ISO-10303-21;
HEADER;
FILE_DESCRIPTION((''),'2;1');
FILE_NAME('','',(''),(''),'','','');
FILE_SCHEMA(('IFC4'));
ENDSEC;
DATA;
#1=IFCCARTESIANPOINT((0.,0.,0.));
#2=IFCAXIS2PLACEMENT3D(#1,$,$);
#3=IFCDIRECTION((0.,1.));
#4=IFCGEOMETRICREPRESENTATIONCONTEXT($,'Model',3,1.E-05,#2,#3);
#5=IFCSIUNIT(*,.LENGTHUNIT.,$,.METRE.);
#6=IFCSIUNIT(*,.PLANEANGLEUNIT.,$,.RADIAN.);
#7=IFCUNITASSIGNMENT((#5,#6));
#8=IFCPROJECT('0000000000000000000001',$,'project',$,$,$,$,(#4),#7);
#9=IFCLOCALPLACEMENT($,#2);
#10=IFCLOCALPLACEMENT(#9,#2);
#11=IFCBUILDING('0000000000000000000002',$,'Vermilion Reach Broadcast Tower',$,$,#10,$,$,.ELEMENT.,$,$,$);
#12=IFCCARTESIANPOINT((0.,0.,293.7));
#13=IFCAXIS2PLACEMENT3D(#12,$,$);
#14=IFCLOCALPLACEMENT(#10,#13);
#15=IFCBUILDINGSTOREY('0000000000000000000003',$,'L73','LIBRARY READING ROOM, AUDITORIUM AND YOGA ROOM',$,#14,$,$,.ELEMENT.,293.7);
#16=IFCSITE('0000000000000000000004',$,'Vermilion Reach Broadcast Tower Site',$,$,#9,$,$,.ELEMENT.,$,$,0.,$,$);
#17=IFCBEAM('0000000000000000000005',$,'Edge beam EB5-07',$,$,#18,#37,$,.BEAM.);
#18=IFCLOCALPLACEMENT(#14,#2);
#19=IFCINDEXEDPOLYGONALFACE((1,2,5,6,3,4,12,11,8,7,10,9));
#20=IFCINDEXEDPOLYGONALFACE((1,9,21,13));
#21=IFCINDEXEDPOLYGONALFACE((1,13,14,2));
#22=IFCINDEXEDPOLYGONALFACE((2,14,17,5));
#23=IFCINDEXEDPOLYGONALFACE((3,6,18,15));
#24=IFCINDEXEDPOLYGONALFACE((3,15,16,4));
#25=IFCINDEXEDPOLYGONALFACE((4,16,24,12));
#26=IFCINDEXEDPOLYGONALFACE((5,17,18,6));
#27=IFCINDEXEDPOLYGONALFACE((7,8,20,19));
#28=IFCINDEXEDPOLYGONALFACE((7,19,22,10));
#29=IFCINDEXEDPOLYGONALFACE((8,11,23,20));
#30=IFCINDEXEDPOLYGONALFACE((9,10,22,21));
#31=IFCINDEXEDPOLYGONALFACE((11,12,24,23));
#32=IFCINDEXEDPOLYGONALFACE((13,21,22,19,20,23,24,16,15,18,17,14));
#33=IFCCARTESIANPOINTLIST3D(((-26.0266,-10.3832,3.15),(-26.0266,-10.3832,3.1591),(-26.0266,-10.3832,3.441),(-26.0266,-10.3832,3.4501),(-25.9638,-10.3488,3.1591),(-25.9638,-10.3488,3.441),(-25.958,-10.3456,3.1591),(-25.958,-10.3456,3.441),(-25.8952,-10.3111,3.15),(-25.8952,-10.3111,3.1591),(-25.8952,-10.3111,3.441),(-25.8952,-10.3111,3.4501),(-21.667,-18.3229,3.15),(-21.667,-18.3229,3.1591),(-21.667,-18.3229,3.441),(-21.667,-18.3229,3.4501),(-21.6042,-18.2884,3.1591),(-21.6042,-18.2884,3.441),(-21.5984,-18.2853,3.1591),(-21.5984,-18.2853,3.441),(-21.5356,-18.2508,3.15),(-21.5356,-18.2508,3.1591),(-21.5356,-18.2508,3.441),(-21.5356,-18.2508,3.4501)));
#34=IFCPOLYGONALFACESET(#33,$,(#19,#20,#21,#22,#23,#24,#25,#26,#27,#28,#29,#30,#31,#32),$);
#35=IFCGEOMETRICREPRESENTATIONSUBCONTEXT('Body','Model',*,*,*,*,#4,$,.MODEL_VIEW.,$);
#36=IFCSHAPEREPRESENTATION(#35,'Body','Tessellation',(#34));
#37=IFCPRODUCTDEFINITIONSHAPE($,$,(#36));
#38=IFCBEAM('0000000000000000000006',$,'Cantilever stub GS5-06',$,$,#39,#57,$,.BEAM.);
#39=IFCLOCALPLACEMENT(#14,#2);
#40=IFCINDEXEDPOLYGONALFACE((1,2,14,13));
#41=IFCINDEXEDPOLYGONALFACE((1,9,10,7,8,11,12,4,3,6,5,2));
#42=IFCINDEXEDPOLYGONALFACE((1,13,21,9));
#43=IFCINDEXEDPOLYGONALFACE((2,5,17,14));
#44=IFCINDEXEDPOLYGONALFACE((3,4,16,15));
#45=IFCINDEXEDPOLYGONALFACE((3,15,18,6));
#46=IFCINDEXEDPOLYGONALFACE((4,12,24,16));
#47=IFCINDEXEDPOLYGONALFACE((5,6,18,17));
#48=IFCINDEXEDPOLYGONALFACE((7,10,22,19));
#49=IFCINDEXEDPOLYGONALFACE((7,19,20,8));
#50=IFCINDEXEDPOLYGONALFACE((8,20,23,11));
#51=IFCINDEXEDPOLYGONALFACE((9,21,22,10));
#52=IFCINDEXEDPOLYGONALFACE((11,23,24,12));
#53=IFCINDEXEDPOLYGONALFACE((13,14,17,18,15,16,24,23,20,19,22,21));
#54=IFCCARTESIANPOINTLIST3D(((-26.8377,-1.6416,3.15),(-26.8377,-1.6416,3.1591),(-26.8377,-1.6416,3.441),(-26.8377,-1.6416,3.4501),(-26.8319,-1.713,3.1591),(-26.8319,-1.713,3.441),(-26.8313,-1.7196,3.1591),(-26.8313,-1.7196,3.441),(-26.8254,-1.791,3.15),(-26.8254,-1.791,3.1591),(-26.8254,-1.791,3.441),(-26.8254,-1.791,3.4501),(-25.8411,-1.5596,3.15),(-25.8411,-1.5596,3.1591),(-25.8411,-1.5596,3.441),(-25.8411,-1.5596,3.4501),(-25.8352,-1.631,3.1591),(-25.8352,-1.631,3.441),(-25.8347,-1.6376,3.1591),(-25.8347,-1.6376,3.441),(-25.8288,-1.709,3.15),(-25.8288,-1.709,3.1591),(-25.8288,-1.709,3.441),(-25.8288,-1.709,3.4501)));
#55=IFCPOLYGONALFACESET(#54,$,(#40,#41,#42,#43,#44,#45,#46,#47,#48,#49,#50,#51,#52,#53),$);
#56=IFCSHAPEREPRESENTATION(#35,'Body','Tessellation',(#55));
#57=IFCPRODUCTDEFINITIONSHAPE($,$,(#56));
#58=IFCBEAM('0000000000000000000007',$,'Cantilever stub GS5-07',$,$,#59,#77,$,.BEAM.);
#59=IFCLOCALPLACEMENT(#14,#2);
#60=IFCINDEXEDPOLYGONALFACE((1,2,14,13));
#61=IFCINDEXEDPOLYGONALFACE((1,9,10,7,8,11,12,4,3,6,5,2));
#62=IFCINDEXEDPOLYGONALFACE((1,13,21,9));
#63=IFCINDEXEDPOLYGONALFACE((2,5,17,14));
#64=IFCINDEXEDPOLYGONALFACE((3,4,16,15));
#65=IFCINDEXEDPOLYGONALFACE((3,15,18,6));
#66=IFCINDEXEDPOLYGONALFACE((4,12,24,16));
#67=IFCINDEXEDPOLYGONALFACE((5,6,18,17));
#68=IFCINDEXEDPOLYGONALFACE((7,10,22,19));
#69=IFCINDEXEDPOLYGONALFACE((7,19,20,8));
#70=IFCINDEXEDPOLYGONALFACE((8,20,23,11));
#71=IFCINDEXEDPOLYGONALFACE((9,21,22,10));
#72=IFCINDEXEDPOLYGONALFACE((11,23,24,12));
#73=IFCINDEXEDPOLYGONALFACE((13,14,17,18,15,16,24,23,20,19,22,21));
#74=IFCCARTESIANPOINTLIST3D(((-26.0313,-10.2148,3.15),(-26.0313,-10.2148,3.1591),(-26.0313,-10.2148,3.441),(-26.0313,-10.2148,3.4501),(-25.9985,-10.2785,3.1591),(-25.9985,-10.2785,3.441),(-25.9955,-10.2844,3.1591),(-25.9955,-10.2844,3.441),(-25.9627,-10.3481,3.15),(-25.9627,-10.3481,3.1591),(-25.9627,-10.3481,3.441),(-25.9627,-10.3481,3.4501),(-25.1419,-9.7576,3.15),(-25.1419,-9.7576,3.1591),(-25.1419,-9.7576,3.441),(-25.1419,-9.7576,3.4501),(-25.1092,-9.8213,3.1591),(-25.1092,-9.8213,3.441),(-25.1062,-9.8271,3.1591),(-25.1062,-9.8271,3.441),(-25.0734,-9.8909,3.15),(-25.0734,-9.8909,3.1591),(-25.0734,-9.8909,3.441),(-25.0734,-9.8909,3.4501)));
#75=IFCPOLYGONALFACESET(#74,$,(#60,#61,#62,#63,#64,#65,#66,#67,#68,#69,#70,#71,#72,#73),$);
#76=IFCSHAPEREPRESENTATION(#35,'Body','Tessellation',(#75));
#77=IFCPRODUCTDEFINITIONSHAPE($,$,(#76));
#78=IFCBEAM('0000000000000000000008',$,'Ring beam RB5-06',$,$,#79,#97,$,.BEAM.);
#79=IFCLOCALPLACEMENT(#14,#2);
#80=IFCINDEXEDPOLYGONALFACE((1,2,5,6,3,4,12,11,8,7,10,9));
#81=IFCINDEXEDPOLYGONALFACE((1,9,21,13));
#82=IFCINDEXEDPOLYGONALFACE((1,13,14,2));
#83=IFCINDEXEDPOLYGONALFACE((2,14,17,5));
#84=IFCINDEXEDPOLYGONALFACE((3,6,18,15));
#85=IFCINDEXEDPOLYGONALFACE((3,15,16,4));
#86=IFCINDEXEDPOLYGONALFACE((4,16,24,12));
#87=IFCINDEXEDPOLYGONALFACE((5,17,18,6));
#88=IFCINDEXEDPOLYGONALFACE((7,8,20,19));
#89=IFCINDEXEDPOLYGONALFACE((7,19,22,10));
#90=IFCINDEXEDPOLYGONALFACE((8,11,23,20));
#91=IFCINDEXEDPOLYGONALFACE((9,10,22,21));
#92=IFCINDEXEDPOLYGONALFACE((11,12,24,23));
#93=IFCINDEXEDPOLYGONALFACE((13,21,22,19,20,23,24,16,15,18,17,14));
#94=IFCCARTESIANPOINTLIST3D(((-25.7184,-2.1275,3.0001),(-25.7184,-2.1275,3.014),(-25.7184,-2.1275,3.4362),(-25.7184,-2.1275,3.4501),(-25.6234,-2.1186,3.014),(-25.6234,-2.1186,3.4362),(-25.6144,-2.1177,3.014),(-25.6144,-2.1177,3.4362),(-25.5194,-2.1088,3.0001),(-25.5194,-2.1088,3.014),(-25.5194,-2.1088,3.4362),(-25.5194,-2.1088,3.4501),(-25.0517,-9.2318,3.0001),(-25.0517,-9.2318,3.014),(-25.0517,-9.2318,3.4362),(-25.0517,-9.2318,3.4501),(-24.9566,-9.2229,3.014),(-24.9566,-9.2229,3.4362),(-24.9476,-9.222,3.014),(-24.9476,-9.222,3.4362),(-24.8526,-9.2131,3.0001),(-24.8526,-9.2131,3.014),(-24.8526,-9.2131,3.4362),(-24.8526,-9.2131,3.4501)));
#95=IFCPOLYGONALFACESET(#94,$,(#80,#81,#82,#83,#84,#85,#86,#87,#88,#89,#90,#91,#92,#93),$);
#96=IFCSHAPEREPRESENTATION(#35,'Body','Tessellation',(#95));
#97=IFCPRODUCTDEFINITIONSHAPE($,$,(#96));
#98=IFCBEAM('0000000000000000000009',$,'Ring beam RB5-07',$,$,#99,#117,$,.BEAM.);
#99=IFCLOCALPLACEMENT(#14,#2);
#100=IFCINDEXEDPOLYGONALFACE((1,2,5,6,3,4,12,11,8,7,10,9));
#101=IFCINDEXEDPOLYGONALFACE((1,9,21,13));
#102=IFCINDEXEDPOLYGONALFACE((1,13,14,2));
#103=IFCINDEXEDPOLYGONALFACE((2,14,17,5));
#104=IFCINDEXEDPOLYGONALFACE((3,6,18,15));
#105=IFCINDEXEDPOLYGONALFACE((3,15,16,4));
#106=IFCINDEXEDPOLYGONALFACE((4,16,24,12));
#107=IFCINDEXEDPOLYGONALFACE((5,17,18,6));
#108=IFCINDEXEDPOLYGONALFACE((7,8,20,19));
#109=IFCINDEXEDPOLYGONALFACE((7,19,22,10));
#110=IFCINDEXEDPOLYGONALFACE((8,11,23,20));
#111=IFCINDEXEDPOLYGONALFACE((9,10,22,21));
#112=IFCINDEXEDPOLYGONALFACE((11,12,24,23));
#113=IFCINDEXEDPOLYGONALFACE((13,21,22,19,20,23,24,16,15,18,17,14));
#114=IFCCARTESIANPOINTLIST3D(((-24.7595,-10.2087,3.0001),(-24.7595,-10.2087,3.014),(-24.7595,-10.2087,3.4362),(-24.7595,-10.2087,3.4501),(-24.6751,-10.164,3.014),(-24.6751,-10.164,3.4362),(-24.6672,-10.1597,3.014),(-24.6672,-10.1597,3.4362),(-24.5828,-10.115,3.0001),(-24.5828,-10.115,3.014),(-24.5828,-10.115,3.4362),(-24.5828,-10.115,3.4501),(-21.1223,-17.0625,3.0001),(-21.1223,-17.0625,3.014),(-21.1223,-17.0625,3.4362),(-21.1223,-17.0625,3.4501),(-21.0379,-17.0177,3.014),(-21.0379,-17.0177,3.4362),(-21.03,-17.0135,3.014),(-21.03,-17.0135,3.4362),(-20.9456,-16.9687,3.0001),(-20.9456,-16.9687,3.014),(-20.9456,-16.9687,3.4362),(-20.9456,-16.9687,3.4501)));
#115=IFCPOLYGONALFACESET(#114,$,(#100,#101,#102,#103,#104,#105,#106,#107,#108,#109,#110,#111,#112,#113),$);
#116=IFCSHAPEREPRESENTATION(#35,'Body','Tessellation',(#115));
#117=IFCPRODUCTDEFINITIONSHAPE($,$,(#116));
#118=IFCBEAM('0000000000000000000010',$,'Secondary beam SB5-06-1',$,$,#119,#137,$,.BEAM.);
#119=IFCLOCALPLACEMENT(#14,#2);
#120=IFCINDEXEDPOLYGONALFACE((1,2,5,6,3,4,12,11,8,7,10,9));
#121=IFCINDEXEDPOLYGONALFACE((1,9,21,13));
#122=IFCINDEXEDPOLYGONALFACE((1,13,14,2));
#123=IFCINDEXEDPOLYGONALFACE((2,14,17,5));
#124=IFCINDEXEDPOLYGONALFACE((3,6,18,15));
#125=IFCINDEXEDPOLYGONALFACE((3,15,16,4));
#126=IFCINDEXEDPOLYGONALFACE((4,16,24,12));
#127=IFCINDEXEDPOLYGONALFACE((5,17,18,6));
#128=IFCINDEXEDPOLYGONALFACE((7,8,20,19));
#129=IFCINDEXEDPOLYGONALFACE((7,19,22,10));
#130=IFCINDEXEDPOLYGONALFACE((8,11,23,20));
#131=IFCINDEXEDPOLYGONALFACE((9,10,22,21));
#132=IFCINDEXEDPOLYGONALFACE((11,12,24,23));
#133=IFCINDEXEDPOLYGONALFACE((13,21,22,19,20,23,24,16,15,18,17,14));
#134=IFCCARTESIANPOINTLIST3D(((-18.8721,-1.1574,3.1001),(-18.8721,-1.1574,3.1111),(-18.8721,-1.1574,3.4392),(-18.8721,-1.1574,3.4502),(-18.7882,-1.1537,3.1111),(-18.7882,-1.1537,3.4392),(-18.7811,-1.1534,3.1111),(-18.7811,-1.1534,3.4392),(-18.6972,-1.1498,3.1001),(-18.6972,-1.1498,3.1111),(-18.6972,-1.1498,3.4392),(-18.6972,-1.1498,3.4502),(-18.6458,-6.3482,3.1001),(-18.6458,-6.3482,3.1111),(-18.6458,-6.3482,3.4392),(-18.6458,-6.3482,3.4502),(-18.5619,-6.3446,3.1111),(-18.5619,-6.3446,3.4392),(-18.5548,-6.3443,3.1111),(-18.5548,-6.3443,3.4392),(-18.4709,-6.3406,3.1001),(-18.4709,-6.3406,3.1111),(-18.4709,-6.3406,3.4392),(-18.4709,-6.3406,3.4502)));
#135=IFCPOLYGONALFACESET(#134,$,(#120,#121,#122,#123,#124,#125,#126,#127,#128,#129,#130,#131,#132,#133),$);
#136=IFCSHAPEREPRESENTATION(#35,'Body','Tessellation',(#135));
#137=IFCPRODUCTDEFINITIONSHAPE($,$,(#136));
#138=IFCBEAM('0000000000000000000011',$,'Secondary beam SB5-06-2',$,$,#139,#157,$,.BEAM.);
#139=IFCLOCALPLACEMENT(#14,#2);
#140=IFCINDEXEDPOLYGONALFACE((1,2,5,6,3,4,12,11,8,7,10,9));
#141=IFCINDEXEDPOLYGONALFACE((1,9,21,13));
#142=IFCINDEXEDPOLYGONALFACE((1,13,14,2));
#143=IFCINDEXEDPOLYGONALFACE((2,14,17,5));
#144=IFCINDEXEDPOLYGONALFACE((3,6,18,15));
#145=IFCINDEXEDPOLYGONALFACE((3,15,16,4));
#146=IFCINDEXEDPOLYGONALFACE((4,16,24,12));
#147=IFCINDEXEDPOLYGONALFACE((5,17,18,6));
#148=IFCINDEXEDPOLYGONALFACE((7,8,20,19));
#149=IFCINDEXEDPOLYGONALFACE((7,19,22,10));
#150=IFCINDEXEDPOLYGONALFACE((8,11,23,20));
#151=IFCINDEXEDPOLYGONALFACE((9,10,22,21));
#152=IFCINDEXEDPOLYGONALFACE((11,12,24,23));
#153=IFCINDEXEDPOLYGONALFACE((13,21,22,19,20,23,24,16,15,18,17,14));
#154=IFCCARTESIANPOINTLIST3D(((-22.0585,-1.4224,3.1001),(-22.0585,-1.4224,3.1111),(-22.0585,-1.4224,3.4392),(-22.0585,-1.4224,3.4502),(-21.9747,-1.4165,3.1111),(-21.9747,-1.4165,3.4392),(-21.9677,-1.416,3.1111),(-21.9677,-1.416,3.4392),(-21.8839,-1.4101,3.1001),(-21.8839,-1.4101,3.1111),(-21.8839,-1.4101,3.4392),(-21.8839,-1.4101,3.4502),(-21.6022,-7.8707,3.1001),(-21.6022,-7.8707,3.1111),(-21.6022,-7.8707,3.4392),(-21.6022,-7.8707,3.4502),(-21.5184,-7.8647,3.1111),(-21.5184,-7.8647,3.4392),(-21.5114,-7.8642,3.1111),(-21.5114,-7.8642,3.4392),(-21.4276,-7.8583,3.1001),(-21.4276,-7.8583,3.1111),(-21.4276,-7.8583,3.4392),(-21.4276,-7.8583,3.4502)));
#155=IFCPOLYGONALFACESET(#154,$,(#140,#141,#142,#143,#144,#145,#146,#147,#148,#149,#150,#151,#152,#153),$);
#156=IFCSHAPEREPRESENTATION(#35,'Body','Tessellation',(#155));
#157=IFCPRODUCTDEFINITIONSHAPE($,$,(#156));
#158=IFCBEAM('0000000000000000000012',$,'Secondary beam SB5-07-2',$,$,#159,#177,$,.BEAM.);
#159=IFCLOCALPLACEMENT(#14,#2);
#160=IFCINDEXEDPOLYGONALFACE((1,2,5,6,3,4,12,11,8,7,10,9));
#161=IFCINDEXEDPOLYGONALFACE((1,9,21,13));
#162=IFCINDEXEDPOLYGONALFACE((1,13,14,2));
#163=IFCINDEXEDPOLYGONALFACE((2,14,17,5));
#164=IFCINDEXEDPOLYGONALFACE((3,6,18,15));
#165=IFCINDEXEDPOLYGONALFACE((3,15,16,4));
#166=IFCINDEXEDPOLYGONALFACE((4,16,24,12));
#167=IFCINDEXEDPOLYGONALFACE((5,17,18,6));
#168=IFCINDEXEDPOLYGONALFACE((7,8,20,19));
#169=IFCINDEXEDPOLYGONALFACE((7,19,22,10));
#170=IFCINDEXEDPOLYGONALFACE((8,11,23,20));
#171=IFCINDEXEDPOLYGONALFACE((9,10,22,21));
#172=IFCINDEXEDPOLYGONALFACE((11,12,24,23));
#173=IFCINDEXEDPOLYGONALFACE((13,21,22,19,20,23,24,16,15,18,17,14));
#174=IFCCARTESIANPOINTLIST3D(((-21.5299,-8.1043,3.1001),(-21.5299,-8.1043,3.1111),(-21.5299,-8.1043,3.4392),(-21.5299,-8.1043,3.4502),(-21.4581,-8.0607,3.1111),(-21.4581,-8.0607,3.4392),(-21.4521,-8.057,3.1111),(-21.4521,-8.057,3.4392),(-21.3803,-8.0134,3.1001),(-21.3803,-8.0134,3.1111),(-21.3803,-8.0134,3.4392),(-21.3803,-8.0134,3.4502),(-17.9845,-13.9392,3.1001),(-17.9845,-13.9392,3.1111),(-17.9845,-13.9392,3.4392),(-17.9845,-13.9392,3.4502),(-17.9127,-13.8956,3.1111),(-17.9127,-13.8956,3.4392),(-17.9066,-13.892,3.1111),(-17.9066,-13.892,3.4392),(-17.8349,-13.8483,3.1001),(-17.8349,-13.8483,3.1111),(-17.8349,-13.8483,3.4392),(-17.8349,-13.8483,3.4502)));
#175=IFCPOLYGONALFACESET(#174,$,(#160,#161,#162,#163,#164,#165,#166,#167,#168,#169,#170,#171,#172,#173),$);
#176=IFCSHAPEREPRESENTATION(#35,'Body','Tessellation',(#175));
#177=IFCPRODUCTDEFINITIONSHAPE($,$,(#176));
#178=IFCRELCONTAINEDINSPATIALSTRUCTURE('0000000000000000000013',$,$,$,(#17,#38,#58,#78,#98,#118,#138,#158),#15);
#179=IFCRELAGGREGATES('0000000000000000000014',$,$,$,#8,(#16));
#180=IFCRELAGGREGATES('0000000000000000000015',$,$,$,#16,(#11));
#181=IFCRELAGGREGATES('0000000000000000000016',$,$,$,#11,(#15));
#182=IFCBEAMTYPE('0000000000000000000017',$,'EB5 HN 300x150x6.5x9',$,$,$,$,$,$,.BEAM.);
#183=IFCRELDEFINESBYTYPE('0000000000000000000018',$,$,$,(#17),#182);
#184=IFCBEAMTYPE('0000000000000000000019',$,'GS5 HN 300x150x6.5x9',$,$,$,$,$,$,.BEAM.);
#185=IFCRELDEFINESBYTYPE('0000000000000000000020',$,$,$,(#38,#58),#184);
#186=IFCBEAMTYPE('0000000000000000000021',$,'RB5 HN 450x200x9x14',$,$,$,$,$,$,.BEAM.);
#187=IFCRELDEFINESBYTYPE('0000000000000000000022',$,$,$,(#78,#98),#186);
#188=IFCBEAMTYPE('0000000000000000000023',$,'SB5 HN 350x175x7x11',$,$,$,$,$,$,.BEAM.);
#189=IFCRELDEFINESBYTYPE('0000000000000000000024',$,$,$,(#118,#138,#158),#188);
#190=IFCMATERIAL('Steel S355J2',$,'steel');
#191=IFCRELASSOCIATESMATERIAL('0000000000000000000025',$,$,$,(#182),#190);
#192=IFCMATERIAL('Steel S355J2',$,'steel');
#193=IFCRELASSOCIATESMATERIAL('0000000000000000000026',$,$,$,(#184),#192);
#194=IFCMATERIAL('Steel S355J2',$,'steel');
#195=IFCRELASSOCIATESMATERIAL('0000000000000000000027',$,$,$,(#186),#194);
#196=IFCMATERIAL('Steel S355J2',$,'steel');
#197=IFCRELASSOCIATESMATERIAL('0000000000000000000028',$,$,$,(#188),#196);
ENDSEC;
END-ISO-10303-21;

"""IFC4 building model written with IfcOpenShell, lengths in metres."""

from ifc_helpers import new_model, si_unit, direction, frame, origin, origin_2d, place, context, subcontext, project, spatial, i_section, extrude, material, material_profile, profile_set, type_object, element, save


model = new_model("IFC4")

# Units and contexts
model_context = context("Model", 3, precision=1e-05, world=origin(), true_north=direction((0.0, 1.0)))
body_context = subcontext(model_context, "Body", "Model", "MODEL_VIEW")
ifc_project = project(units=[si_unit("LENGTHUNIT", "METRE"), si_unit("PLANEANGLEUNIT", "RADIAN")], contexts=[model_context])

# Site, building, storey
site_placement = place(None, origin())
site = spatial("IfcSite", under=ifc_project, at=site_placement, Name="Vermilion Reach Broadcast Tower Site", CompositionType="ELEMENT", RefElevation=0.0)
building_placement = place(site_placement, origin())
building = spatial("IfcBuilding", under=site, at=building_placement, Name="Vermilion Reach Broadcast Tower", CompositionType="ELEMENT")
storey_placement = place(building_placement, frame((0.0, 0.0, 293.7)))
storey = spatial("IfcBuildingStorey", under=building, at=storey_placement, Name="L73", Description="LIBRARY READING ROOM, AUDITORIUM AND YOGA ROOM", CompositionType="ELEMENT", Elevation=293.7)

# Beams
ifc_material_1 = material(Name="Steel S355J2", Category="steel")
ifc_material_profile_1 = material_profile(ifc_material_1, i_section(OverallWidth=0.1499, OverallDepth=0.3, WebThickness=0.0066, FlangeThickness=0.009, at=origin_2d()), Name="S355J2 HN 300x150x6.5x9")
ifc_profile_set_1 = profile_set([ifc_material_profile_1], Name="Steel S355J2")
beam_type_1 = type_object("IfcBeamType", Name="EB5 HN 300x150x6.5x9", PredefinedType="BEAM", material=ifc_profile_set_1)
beam_1_placement = place(storey_placement, frame((-25.9609, -10.3472, 3.3), z_axis=(0.481307, -0.876552, 0.0), x_axis=(0.876552, 0.481307, 0.0)))
element("IfcBeam", 1, at=beam_1_placement, inside=storey, type_object=beam_type_1, Name="Edge beam EB5-07", PredefinedType="BEAM", context=body_context, shape_type="SweptSolid", body=[
    extrude(i_section(OverallWidth=0.1499, OverallDepth=0.3, WebThickness=0.0066, FlangeThickness=0.009, at=origin_2d()), origin(), (0.0, 0.0, 1.0), 9.0579),
])
ifc_material_2 = material(Name="Steel S355J2", Category="steel")
ifc_material_profile_2 = material_profile(ifc_material_2, i_section(OverallWidth=0.1499, OverallDepth=0.3, WebThickness=0.0066, FlangeThickness=0.009, at=origin_2d()), Name="S355J2 HN 300x150x6.5x9")
ifc_profile_set_2 = profile_set([ifc_material_profile_2], Name="Steel S355J2")
beam_type_2 = type_object("IfcBeamType", Name="GS5 HN 300x150x6.5x9", PredefinedType="BEAM", material=ifc_profile_set_2)
for number, where, z_axis, x_axis, name in (
    (2, (-25.835, -1.6343, 3.3), (-0.996629, -0.082035, 0.0), (0.082035, -0.996629, 0.0), "Cantilever stub GS5-06"),
    (3, (-25.1077, -9.8242, 3.3), (-0.889342, -0.457243, 0.0), (0.457243, -0.889342, 0.0), "Cantilever stub GS5-07"),
):
    element("IfcBeam", number, at=place(storey_placement, frame(where, z_axis=z_axis, x_axis=x_axis)), inside=storey, type_object=beam_type_2, Name=name, PredefinedType="BEAM", context=body_context, shape_type="SweptSolid", body=[
        extrude(i_section(OverallWidth=0.1499, OverallDepth=0.3, WebThickness=0.0066, FlangeThickness=0.009, at=origin_2d()), origin(), (0.0, 0.0, 1.0), 1.0),
    ])
ifc_material_3 = material(Name="Steel S355J2", Category="steel")
ifc_material_profile_3 = material_profile(ifc_material_3, i_section(OverallWidth=0.2, OverallDepth=0.45, WebThickness=0.009, FlangeThickness=0.0139, at=origin_2d()), Name="S355J2 HN 450x200x9x14")
ifc_profile_set_3 = profile_set([ifc_material_profile_3], Name="Steel S355J2")
beam_type_3 = type_object("IfcBeamType", Name="RB5 HN 450x200x9x14", PredefinedType="BEAM", material=ifc_profile_set_3)
beam_2_placement = place(storey_placement, frame((-25.6189, -2.1182, 3.2251), z_axis=(0.093441, -0.995625, 0.0), x_axis=(0.995625, 0.093441, 0.0)))
element("IfcBeam", 4, at=beam_2_placement, inside=storey, type_object=beam_type_3, Name="Ring beam RB5-06", PredefinedType="BEAM", context=body_context, shape_type="SweptSolid", body=[
    extrude(i_section(OverallWidth=0.2, OverallDepth=0.45, WebThickness=0.009, FlangeThickness=0.0139, at=origin_2d()), origin(), (0.0, 0.0, 1.0), 7.1355),
])
beam_3_placement = place(storey_placement, frame((-24.6711, -10.1619, 3.2251), z_axis=(0.468768, -0.883321, 0.0), x_axis=(0.883321, 0.468768, 0.0)))
element("IfcBeam", 5, at=beam_3_placement, inside=storey, type_object=beam_type_3, Name="Ring beam RB5-07", PredefinedType="BEAM", context=body_context, shape_type="SweptSolid", body=[
    extrude(i_section(OverallWidth=0.2, OverallDepth=0.45, WebThickness=0.009, FlangeThickness=0.0139, at=origin_2d()), origin(), (0.0, 0.0, 1.0), 7.759),
])
ifc_material_4 = material(Name="Steel S355J2", Category="steel")
ifc_material_profile_4 = material_profile(ifc_material_4, i_section(OverallWidth=0.175, OverallDepth=0.3501, WebThickness=0.0071, FlangeThickness=0.011, at=origin_2d()), Name="S355J2 HN 350x175x7x11")
ifc_profile_set_4 = profile_set([ifc_material_profile_4], Name="Steel S355J2")
beam_type_4 = type_object("IfcBeamType", Name="SB5 HN 350x175x7x11", PredefinedType="BEAM", material=ifc_profile_set_4)
beam_4_placement = place(storey_placement, frame((-18.7847, -1.1536, 3.2751), z_axis=(0.043558, -0.999051, 0.0), x_axis=(0.999051, 0.043558, 0.0)))
element("IfcBeam", 6, at=beam_4_placement, inside=storey, type_object=beam_type_4, Name="Secondary beam SB5-06-1", PredefinedType="BEAM", context=body_context, shape_type="SweptSolid", body=[
    extrude(i_section(OverallWidth=0.175, OverallDepth=0.3501, WebThickness=0.0071, FlangeThickness=0.011, at=origin_2d()), origin(), (0.0, 0.0, 1.0), 5.1958),
])
beam_5_placement = place(storey_placement, frame((-21.9712, -1.4163, 3.2751), z_axis=(0.070587, -0.997506, 0.0), x_axis=(0.997506, 0.070587, 0.0)))
element("IfcBeam", 7, at=beam_5_placement, inside=storey, type_object=beam_type_4, Name="Secondary beam SB5-06-2", PredefinedType="BEAM", context=body_context, shape_type="SweptSolid", body=[
    extrude(i_section(OverallWidth=0.175, OverallDepth=0.3501, WebThickness=0.0071, FlangeThickness=0.011, at=origin_2d()), origin(), (0.0, 0.0, 1.0), 6.4644),
])
beam_6_placement = place(storey_placement, frame((-21.4551, -8.0588, 3.2751), z_axis=(0.519273, -0.854608, 0.0), x_axis=(0.854608, 0.519273, 0.0)))
element("IfcBeam", 8, at=beam_6_placement, inside=storey, type_object=beam_type_4, Name="Secondary beam SB5-07-2", PredefinedType="BEAM", context=body_context, shape_type="SweptSolid", body=[
    extrude(i_section(OverallWidth=0.175, OverallDepth=0.3501, WebThickness=0.0071, FlangeThickness=0.011, at=origin_2d()), origin(), (0.0, 0.0, 1.0), 6.8276),
])

save(model, "model.ifc")
